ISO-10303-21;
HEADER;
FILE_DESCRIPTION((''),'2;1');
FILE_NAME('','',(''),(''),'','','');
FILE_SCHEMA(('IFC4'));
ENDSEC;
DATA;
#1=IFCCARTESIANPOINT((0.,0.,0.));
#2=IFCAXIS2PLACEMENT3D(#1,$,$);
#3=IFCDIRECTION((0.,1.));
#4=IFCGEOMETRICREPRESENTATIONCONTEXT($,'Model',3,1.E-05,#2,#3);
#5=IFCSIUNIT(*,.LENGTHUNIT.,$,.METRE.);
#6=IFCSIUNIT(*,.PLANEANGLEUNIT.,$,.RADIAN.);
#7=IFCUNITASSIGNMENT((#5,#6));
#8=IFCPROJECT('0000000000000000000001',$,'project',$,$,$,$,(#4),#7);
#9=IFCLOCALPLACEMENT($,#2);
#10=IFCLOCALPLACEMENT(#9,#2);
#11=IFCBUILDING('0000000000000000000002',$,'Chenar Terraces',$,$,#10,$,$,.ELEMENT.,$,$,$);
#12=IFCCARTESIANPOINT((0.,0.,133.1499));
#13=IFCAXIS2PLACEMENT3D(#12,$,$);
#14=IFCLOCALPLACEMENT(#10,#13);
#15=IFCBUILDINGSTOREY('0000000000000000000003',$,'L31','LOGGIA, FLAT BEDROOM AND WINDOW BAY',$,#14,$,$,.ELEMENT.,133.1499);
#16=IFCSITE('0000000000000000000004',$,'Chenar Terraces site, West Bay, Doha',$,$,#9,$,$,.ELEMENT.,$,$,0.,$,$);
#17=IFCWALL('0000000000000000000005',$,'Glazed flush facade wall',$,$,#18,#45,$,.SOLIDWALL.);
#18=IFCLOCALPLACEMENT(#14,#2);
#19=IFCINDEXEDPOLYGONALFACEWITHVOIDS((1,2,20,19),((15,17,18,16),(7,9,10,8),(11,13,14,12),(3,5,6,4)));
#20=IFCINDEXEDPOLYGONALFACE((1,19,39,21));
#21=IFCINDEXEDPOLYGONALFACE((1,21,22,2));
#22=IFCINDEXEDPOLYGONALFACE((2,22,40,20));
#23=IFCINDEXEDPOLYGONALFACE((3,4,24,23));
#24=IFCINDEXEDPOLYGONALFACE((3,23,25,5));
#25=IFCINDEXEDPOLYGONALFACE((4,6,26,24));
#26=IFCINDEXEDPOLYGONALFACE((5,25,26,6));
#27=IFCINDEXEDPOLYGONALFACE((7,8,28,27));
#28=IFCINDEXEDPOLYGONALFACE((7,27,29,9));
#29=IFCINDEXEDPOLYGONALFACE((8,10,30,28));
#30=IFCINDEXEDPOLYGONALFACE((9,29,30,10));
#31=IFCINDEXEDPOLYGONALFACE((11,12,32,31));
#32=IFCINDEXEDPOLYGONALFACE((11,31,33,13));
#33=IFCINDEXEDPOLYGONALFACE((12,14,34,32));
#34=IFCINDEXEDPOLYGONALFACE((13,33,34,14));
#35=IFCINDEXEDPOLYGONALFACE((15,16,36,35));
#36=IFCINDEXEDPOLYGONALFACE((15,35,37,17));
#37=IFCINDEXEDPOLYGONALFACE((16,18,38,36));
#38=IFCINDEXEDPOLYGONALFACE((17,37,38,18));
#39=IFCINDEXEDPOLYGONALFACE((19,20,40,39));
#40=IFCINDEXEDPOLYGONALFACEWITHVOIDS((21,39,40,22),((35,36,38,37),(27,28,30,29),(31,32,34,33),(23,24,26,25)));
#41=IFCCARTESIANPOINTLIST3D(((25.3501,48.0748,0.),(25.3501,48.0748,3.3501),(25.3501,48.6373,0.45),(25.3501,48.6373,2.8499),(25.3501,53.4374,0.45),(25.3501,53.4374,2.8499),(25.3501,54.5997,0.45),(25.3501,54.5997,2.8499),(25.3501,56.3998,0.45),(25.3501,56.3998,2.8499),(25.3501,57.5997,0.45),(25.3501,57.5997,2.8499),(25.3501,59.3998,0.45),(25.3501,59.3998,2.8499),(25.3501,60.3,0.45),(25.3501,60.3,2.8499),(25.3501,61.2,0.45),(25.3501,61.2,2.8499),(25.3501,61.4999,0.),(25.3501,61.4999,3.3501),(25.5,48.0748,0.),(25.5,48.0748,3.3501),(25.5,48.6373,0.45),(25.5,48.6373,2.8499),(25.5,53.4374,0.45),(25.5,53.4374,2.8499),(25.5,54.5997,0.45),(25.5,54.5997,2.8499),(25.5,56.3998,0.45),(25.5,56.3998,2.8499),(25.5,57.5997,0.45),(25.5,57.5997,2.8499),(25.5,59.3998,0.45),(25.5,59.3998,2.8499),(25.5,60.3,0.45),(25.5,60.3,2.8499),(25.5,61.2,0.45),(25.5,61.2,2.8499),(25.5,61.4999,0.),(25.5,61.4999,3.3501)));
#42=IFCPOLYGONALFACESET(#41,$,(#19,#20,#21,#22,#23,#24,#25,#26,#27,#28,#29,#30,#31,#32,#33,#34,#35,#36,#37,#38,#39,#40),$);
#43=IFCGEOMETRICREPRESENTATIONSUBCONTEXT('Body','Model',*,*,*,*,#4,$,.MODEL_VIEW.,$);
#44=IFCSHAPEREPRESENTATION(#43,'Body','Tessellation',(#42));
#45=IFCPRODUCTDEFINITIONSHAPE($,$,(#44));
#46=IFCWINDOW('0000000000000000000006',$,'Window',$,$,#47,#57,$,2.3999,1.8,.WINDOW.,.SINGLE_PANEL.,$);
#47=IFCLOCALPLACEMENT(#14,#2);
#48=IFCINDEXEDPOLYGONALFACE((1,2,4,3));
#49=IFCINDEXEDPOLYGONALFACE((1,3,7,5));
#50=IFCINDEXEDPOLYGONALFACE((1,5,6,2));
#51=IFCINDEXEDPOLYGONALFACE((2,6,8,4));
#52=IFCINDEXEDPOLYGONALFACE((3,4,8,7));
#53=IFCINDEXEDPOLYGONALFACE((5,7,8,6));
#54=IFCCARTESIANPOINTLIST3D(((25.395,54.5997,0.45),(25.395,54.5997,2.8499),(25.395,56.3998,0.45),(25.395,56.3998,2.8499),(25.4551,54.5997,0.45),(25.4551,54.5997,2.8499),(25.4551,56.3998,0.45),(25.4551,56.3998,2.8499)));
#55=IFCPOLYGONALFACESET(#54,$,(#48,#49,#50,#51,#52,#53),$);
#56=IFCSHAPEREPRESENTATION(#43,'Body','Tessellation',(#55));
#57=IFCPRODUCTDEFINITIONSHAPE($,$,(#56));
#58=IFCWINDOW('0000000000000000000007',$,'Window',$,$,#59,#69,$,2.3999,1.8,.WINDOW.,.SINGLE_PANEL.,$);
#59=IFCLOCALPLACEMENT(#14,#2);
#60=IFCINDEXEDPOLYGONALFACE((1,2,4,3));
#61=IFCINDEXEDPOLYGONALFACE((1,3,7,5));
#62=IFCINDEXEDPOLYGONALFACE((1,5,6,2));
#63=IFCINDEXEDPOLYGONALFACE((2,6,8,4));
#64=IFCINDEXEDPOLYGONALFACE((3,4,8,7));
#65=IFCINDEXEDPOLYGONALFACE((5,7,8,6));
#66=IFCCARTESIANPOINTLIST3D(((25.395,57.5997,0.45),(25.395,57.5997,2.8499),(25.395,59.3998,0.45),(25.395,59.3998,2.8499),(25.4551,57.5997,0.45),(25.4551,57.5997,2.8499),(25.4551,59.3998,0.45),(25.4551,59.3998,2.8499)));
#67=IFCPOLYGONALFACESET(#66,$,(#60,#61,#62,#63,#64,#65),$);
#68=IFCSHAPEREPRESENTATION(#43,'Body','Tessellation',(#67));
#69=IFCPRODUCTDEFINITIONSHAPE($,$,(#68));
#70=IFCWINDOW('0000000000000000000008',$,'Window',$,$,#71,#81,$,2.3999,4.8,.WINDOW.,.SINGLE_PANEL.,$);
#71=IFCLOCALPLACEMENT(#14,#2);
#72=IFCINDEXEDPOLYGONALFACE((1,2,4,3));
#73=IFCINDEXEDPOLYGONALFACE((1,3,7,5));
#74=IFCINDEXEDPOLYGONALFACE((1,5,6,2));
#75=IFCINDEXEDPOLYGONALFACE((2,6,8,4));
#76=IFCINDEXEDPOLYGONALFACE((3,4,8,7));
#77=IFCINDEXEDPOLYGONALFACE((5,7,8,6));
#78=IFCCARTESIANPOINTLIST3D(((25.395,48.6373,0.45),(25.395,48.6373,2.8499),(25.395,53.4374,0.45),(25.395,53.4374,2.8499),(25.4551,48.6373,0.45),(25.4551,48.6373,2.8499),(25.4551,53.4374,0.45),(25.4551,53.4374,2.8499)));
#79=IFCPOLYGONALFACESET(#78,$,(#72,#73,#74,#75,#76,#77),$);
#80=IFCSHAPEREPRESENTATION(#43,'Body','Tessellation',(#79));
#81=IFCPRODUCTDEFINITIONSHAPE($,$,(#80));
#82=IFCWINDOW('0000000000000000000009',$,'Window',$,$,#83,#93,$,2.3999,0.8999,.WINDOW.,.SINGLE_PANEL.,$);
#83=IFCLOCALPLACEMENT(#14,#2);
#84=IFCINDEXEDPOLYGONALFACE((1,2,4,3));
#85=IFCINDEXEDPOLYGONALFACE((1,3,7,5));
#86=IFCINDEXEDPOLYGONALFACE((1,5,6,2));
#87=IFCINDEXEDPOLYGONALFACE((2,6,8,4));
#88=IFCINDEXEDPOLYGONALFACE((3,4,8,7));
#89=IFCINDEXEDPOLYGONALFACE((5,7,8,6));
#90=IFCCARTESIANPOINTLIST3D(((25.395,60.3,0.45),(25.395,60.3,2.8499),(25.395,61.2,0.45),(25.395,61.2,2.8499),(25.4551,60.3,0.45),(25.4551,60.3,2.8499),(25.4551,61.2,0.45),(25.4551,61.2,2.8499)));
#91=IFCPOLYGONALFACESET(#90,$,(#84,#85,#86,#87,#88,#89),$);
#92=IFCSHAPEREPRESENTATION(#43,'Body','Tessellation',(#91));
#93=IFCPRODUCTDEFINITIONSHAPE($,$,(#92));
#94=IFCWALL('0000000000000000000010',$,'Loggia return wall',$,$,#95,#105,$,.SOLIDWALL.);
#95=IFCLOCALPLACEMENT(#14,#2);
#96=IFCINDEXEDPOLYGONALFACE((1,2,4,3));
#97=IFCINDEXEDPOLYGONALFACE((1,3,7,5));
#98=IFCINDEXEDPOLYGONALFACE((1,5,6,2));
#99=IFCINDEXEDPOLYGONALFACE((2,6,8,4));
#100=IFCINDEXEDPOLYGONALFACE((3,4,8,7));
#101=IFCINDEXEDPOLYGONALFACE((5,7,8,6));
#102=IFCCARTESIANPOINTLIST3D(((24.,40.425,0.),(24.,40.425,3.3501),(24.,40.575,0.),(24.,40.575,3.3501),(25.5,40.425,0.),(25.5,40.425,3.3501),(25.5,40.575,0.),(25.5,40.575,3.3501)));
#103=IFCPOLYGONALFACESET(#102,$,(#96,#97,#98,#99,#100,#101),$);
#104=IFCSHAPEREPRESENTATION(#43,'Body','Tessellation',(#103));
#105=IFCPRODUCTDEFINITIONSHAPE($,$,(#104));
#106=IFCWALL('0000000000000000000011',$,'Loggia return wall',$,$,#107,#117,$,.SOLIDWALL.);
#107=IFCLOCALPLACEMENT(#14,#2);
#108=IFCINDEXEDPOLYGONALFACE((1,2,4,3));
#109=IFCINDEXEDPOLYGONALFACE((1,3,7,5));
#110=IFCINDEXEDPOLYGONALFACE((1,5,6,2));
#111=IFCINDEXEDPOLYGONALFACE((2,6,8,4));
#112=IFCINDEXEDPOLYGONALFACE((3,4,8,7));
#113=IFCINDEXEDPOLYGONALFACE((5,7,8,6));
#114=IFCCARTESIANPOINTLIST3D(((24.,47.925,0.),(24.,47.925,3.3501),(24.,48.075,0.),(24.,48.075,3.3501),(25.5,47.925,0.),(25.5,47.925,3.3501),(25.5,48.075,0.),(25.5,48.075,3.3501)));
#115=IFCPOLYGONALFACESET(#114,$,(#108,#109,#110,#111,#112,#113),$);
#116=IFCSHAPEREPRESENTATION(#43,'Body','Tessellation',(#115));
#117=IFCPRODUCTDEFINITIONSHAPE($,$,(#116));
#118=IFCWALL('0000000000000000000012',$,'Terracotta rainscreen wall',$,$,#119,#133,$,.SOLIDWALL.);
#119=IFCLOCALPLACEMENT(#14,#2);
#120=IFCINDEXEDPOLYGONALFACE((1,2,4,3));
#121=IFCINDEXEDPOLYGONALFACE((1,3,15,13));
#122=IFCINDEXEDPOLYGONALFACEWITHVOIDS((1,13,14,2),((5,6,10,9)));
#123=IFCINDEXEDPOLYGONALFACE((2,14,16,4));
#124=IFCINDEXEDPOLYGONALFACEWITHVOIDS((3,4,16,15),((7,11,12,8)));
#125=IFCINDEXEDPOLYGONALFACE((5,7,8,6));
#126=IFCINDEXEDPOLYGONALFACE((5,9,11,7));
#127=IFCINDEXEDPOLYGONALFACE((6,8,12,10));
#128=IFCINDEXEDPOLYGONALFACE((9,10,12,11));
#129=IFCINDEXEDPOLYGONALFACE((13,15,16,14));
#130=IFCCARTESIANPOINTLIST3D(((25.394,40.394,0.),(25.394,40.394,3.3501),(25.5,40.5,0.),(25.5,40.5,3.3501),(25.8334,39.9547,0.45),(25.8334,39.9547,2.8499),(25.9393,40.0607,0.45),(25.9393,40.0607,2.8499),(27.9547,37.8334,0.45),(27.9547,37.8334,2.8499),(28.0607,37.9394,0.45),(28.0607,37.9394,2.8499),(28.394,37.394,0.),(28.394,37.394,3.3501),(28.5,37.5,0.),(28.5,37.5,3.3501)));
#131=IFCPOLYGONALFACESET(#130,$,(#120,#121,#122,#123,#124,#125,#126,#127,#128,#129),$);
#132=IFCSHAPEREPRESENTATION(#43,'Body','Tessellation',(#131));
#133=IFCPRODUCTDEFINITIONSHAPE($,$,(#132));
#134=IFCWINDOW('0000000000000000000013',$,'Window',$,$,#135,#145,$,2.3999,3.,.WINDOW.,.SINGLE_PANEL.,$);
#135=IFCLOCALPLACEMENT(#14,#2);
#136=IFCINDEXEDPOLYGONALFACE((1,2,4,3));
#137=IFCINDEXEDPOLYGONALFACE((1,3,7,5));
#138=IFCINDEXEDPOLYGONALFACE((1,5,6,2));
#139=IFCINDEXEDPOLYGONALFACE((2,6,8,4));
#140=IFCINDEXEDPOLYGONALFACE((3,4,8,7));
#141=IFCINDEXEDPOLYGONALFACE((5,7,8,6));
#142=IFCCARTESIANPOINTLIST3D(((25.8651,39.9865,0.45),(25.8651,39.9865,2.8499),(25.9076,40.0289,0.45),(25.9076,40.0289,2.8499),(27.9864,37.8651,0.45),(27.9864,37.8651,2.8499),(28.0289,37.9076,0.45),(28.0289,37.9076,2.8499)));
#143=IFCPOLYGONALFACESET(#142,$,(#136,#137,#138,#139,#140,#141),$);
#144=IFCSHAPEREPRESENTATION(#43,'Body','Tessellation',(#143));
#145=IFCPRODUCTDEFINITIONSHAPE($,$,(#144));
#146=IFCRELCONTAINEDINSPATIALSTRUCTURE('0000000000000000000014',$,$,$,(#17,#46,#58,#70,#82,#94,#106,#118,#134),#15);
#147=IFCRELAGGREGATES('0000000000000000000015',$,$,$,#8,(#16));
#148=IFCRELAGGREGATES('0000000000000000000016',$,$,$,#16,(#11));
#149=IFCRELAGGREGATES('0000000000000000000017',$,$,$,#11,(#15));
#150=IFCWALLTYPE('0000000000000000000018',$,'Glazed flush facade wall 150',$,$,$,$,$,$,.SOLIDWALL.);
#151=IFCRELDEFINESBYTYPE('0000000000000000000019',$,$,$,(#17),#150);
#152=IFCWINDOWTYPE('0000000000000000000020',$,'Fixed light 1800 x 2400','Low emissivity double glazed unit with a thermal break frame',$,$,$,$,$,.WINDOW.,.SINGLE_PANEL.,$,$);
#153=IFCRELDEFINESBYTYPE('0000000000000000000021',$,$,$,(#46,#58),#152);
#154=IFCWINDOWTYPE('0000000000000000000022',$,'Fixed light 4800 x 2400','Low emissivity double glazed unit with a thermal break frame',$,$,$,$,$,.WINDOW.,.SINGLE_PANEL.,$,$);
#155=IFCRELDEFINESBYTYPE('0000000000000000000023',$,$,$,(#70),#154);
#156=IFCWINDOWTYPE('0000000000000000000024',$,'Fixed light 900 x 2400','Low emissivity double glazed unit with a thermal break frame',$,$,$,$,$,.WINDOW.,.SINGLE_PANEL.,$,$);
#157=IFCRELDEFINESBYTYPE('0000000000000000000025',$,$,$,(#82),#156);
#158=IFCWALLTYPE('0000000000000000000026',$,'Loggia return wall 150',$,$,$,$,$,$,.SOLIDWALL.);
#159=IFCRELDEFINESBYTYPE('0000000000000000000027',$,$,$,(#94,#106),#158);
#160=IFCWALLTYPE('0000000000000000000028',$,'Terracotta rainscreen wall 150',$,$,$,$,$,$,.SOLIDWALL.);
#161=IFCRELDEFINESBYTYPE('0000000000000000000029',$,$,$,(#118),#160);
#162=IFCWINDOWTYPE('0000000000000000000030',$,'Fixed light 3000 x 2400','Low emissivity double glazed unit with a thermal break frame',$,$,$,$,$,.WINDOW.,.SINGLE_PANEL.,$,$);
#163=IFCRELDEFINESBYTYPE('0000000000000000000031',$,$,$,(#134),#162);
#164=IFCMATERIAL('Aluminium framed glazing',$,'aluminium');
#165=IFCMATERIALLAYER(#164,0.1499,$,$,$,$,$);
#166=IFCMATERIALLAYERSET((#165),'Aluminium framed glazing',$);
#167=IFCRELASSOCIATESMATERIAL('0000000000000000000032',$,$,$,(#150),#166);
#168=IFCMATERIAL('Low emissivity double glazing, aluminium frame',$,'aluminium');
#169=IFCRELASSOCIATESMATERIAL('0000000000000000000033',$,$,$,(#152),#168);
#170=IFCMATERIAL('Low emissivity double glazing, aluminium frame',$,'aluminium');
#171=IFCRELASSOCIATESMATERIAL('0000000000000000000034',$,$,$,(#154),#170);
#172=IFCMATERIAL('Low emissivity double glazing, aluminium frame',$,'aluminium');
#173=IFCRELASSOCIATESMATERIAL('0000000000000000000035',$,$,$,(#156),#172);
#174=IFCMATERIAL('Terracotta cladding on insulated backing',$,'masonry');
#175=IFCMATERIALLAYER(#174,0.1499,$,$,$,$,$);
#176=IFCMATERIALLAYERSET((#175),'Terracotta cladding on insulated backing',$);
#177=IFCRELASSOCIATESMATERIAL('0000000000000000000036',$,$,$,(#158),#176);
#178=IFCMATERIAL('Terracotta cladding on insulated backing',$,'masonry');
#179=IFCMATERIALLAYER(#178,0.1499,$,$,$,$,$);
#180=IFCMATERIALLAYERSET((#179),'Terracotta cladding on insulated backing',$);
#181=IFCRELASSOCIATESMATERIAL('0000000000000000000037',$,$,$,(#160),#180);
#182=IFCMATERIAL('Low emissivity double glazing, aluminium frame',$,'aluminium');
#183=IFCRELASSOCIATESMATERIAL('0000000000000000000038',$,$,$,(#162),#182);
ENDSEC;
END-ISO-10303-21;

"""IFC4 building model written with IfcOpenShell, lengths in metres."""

from ifc_helpers import new_model, si_unit, direction, frame, frame_2d, origin, place, context, subcontext, project, spatial, rectangle, extrude, material, layer, layer_set, type_object, element, fill, save


model = new_model("IFC4")

# Units and contexts
model_context = context("Model", 3, precision=1e-05, world=origin(), true_north=direction((0.0, 1.0)))
body_context = subcontext(model_context, "Body", "Model", "MODEL_VIEW")
ifc_project = project(units=[si_unit("LENGTHUNIT", "METRE"), si_unit("PLANEANGLEUNIT", "RADIAN")], contexts=[model_context])

# Site, building, storey
site_placement = place(None, origin())
site = spatial("IfcSite", under=ifc_project, at=site_placement, Name="Chenar Terraces site, West Bay, Doha", CompositionType="ELEMENT", RefElevation=0.0)
building_placement = place(site_placement, origin())
building = spatial("IfcBuilding", under=site, at=building_placement, Name="Chenar Terraces", CompositionType="ELEMENT")
storey_placement = place(building_placement, frame((0.0, 0.0, 133.1499)))
storey = spatial("IfcBuildingStorey", under=building, at=storey_placement, Name="L31", Description="LOGGIA, FLAT BEDROOM AND WINDOW BAY", CompositionType="ELEMENT", Elevation=133.1499)

# Wall, openings, windows
ifc_material_1 = material(Name="Aluminium framed glazing", Category="aluminium")
ifc_layer_1 = layer(ifc_material_1, 0.1499)
ifc_layer_set_1 = layer_set([ifc_layer_1], Name="Aluminium framed glazing")
wall_type_1 = type_object("IfcWallType", Name="Glazed flush facade wall 150", PredefinedType="SOLIDWALL", material=ifc_layer_set_1)
wall_1_placement = place(storey_placement, frame((25.425, 48.075, 0.0), z_axis=(0.0, 0.0, 1.0), x_axis=(0.0, 1.0, 0.0)))
wall_1 = element("IfcWall", 1, at=wall_1_placement, inside=storey, type_object=wall_type_1, Name="Glazed flush facade wall", PredefinedType="SOLIDWALL", context=body_context, shape_type="SweptSolid", body=[
    extrude(rectangle(XDim=13.425, YDim=0.1499, at=frame_2d((6.7124, 0.0))), origin(), (0.0, 0.0, 1.0), 3.3501),
])
opening_1_placement = place(wall_1_placement, frame((0.5625, 0.0, 0.45)))
opening_1 = element("IfcOpeningElement", 2, at=opening_1_placement, cuts=wall_1, PredefinedType="OPENING", context=body_context, shape_type="SweptSolid", body=[
    extrude(rectangle(XDim=4.8, YDim=2.3999, at=frame_2d((2.3999, 1.2))), frame((0.0, 0.085, 0.0), z_axis=(0.0, -1.0, 0.0), x_axis=(1.0, 0.0, 0.0)), (0.0, 0.0, 1.0), 0.1699),
])
opening_2_placement = place(wall_1_placement, frame((6.5249, 0.0, 0.45)))
opening_2 = element("IfcOpeningElement", 3, at=opening_2_placement, cuts=wall_1, PredefinedType="OPENING", context=body_context, shape_type="SweptSolid", body=[
    extrude(rectangle(XDim=1.8, YDim=2.3999, at=frame_2d((0.8999, 1.2))), frame((0.0, 0.085, 0.0), z_axis=(0.0, -1.0, 0.0), x_axis=(1.0, 0.0, 0.0)), (0.0, 0.0, 1.0), 0.1699),
])
opening_3_placement = place(wall_1_placement, frame((9.5249, 0.0, 0.45)))
opening_3 = element("IfcOpeningElement", 4, at=opening_3_placement, cuts=wall_1, PredefinedType="OPENING", context=body_context, shape_type="SweptSolid", body=[
    extrude(rectangle(XDim=1.8, YDim=2.3999, at=frame_2d((0.8999, 1.2))), frame((0.0, 0.085, 0.0), z_axis=(0.0, -1.0, 0.0), x_axis=(1.0, 0.0, 0.0)), (0.0, 0.0, 1.0), 0.1699),
])
opening_4_placement = place(wall_1_placement, frame((12.2251, 0.0, 0.45)))
opening_4 = element("IfcOpeningElement", 5, at=opening_4_placement, cuts=wall_1, PredefinedType="OPENING", context=body_context, shape_type="SweptSolid", body=[
    extrude(rectangle(XDim=0.8999, YDim=2.3999, at=frame_2d((0.45, 1.2))), frame((0.0, 0.085, 0.0), z_axis=(0.0, -1.0, 0.0), x_axis=(1.0, 0.0, 0.0)), (0.0, 0.0, 1.0), 0.1699),
])
ifc_material_2 = material(Name="Low emissivity double glazing, aluminium frame", Category="aluminium")
window_type_1 = type_object("IfcWindowType", Name="Fixed light 1800 x 2400", Description="Low emissivity double glazed unit with a thermal break frame", PartitioningType="SINGLE_PANEL", PredefinedType="WINDOW", material=ifc_material_2)
window_1_placement = place(opening_2_placement, origin())
window_1 = element("IfcWindow", 6, at=window_1_placement, inside=storey, type_object=window_type_1, Name="Window", OverallHeight=2.3999, OverallWidth=1.8, PartitioningType="SINGLE_PANEL", PredefinedType="WINDOW", context=body_context, shape_type="SweptSolid", body=[
    extrude(rectangle(XDim=1.8, YDim=2.3999, at=frame_2d((0.8999, 1.2))), frame((0.0, 0.03, 0.0), z_axis=(0.0, -1.0, 0.0), x_axis=(1.0, 0.0, 0.0)), (0.0, 0.0, 1.0), 0.0601),
])
fill(opening_2, window_1)
window_2_placement = place(opening_3_placement, origin())
window_2 = element("IfcWindow", 7, at=window_2_placement, inside=storey, type_object=window_type_1, Name="Window", OverallHeight=2.3999, OverallWidth=1.8, PartitioningType="SINGLE_PANEL", PredefinedType="WINDOW", context=body_context, shape_type="SweptSolid", body=[
    extrude(rectangle(XDim=1.8, YDim=2.3999, at=frame_2d((0.8999, 1.2))), frame((0.0, 0.03, 0.0), z_axis=(0.0, -1.0, 0.0), x_axis=(1.0, 0.0, 0.0)), (0.0, 0.0, 1.0), 0.0601),
])
fill(opening_3, window_2)
ifc_material_3 = material(Name="Low emissivity double glazing, aluminium frame", Category="aluminium")
window_type_2 = type_object("IfcWindowType", Name="Fixed light 4800 x 2400", Description="Low emissivity double glazed unit with a thermal break frame", PartitioningType="SINGLE_PANEL", PredefinedType="WINDOW", material=ifc_material_3)
window_3_placement = place(opening_1_placement, origin())
window_3 = element("IfcWindow", 8, at=window_3_placement, inside=storey, type_object=window_type_2, Name="Window", OverallHeight=2.3999, OverallWidth=4.8, PartitioningType="SINGLE_PANEL", PredefinedType="WINDOW", context=body_context, shape_type="SweptSolid", body=[
    extrude(rectangle(XDim=4.8, YDim=2.3999, at=frame_2d((2.3999, 1.2))), frame((0.0, 0.03, 0.0), z_axis=(0.0, -1.0, 0.0), x_axis=(1.0, 0.0, 0.0)), (0.0, 0.0, 1.0), 0.0601),
])
fill(opening_1, window_3)
ifc_material_4 = material(Name="Low emissivity double glazing, aluminium frame", Category="aluminium")
window_type_3 = type_object("IfcWindowType", Name="Fixed light 900 x 2400", Description="Low emissivity double glazed unit with a thermal break frame", PartitioningType="SINGLE_PANEL", PredefinedType="WINDOW", material=ifc_material_4)
window_4_placement = place(opening_4_placement, origin())
window_4 = element("IfcWindow", 9, at=window_4_placement, inside=storey, type_object=window_type_3, Name="Window", OverallHeight=2.3999, OverallWidth=0.8999, PartitioningType="SINGLE_PANEL", PredefinedType="WINDOW", context=body_context, shape_type="SweptSolid", body=[
    extrude(rectangle(XDim=0.8999, YDim=2.3999, at=frame_2d((0.45, 1.2))), frame((0.0, 0.03, 0.0), z_axis=(0.0, -1.0, 0.0), x_axis=(1.0, 0.0, 0.0)), (0.0, 0.0, 1.0), 0.0601),
])
fill(opening_4, window_4)

# Walls
ifc_material_5 = material(Name="Terracotta cladding on insulated backing", Category="masonry")
ifc_layer_2 = layer(ifc_material_5, 0.1499)
ifc_layer_set_2 = layer_set([ifc_layer_2], Name="Terracotta cladding on insulated backing")
wall_type_2 = type_object("IfcWallType", Name="Loggia return wall 150", PredefinedType="SOLIDWALL", material=ifc_layer_set_2)
for number, where, z_axis, x_axis, name in (
    (10, (25.5, 40.5, 0.0), (0.0, 0.0, 1.0), (-1.0, 0.0, 0.0), "Loggia return wall"),
    (11, (25.5, 48.0, 0.0), (0.0, 0.0, 1.0), (-1.0, 0.0, 0.0), "Loggia return wall"),
):
    element("IfcWall", number, at=place(storey_placement, frame(where, z_axis=z_axis, x_axis=x_axis)), inside=storey, type_object=wall_type_2, Name=name, PredefinedType="SOLIDWALL", context=body_context, shape_type="SweptSolid", body=[
        extrude(rectangle(XDim=1.5, YDim=0.1499, at=frame_2d((0.75, 0.0))), origin(), (0.0, 0.0, 1.0), 3.3501),
    ])

# Wall, opening, window
ifc_material_6 = material(Name="Terracotta cladding on insulated backing", Category="masonry")
ifc_layer_3 = layer(ifc_material_6, 0.1499)
ifc_layer_set_3 = layer_set([ifc_layer_3], Name="Terracotta cladding on insulated backing")
wall_type_3 = type_object("IfcWallType", Name="Terracotta rainscreen wall 150", PredefinedType="SOLIDWALL", material=ifc_layer_set_3)
wall_2_placement = place(storey_placement, frame((28.447, 37.447, 0.0), z_axis=(0.0, 0.0, 1.0), x_axis=(-0.707107, 0.707107, 0.0)))
wall_2 = element("IfcWall", 12, at=wall_2_placement, inside=storey, type_object=wall_type_3, Name="Terracotta rainscreen wall", PredefinedType="SOLIDWALL", context=body_context, shape_type="SweptSolid", body=[
    extrude(rectangle(XDim=4.2427, YDim=0.1499, at=frame_2d((2.1213, 0.0))), origin(), (0.0, 0.0, 1.0), 3.3501),
])
opening_5_placement = place(wall_2_placement, frame((0.6213, 0.0, 0.45)))
opening_5 = element("IfcOpeningElement", 13, at=opening_5_placement, cuts=wall_2, PredefinedType="OPENING", context=body_context, shape_type="SweptSolid", body=[
    extrude(rectangle(XDim=3.0, YDim=2.3999, at=frame_2d((1.5, 1.2))), frame((0.0, 0.085, 0.0), z_axis=(0.0, -1.0, 0.0), x_axis=(1.0, 0.0, 0.0)), (0.0, 0.0, 1.0), 0.1699),
])
ifc_material_7 = material(Name="Low emissivity double glazing, aluminium frame", Category="aluminium")
window_type_4 = type_object("IfcWindowType", Name="Fixed light 3000 x 2400", Description="Low emissivity double glazed unit with a thermal break frame", PartitioningType="SINGLE_PANEL", PredefinedType="WINDOW", material=ifc_material_7)
window_5_placement = place(opening_5_placement, origin())
window_5 = element("IfcWindow", 14, at=window_5_placement, inside=storey, type_object=window_type_4, Name="Window", OverallHeight=2.3999, OverallWidth=3.0, PartitioningType="SINGLE_PANEL", PredefinedType="WINDOW", context=body_context, shape_type="SweptSolid", body=[
    extrude(rectangle(XDim=3.0, YDim=2.3999, at=frame_2d((1.5, 1.2))), frame((0.0, 0.03, 0.0), z_axis=(0.0, -1.0, 0.0), x_axis=(1.0, 0.0, 0.0)), (0.0, 0.0, 1.0), 0.0601),
])
fill(opening_5, window_5)

save(model, "model.ifc")
